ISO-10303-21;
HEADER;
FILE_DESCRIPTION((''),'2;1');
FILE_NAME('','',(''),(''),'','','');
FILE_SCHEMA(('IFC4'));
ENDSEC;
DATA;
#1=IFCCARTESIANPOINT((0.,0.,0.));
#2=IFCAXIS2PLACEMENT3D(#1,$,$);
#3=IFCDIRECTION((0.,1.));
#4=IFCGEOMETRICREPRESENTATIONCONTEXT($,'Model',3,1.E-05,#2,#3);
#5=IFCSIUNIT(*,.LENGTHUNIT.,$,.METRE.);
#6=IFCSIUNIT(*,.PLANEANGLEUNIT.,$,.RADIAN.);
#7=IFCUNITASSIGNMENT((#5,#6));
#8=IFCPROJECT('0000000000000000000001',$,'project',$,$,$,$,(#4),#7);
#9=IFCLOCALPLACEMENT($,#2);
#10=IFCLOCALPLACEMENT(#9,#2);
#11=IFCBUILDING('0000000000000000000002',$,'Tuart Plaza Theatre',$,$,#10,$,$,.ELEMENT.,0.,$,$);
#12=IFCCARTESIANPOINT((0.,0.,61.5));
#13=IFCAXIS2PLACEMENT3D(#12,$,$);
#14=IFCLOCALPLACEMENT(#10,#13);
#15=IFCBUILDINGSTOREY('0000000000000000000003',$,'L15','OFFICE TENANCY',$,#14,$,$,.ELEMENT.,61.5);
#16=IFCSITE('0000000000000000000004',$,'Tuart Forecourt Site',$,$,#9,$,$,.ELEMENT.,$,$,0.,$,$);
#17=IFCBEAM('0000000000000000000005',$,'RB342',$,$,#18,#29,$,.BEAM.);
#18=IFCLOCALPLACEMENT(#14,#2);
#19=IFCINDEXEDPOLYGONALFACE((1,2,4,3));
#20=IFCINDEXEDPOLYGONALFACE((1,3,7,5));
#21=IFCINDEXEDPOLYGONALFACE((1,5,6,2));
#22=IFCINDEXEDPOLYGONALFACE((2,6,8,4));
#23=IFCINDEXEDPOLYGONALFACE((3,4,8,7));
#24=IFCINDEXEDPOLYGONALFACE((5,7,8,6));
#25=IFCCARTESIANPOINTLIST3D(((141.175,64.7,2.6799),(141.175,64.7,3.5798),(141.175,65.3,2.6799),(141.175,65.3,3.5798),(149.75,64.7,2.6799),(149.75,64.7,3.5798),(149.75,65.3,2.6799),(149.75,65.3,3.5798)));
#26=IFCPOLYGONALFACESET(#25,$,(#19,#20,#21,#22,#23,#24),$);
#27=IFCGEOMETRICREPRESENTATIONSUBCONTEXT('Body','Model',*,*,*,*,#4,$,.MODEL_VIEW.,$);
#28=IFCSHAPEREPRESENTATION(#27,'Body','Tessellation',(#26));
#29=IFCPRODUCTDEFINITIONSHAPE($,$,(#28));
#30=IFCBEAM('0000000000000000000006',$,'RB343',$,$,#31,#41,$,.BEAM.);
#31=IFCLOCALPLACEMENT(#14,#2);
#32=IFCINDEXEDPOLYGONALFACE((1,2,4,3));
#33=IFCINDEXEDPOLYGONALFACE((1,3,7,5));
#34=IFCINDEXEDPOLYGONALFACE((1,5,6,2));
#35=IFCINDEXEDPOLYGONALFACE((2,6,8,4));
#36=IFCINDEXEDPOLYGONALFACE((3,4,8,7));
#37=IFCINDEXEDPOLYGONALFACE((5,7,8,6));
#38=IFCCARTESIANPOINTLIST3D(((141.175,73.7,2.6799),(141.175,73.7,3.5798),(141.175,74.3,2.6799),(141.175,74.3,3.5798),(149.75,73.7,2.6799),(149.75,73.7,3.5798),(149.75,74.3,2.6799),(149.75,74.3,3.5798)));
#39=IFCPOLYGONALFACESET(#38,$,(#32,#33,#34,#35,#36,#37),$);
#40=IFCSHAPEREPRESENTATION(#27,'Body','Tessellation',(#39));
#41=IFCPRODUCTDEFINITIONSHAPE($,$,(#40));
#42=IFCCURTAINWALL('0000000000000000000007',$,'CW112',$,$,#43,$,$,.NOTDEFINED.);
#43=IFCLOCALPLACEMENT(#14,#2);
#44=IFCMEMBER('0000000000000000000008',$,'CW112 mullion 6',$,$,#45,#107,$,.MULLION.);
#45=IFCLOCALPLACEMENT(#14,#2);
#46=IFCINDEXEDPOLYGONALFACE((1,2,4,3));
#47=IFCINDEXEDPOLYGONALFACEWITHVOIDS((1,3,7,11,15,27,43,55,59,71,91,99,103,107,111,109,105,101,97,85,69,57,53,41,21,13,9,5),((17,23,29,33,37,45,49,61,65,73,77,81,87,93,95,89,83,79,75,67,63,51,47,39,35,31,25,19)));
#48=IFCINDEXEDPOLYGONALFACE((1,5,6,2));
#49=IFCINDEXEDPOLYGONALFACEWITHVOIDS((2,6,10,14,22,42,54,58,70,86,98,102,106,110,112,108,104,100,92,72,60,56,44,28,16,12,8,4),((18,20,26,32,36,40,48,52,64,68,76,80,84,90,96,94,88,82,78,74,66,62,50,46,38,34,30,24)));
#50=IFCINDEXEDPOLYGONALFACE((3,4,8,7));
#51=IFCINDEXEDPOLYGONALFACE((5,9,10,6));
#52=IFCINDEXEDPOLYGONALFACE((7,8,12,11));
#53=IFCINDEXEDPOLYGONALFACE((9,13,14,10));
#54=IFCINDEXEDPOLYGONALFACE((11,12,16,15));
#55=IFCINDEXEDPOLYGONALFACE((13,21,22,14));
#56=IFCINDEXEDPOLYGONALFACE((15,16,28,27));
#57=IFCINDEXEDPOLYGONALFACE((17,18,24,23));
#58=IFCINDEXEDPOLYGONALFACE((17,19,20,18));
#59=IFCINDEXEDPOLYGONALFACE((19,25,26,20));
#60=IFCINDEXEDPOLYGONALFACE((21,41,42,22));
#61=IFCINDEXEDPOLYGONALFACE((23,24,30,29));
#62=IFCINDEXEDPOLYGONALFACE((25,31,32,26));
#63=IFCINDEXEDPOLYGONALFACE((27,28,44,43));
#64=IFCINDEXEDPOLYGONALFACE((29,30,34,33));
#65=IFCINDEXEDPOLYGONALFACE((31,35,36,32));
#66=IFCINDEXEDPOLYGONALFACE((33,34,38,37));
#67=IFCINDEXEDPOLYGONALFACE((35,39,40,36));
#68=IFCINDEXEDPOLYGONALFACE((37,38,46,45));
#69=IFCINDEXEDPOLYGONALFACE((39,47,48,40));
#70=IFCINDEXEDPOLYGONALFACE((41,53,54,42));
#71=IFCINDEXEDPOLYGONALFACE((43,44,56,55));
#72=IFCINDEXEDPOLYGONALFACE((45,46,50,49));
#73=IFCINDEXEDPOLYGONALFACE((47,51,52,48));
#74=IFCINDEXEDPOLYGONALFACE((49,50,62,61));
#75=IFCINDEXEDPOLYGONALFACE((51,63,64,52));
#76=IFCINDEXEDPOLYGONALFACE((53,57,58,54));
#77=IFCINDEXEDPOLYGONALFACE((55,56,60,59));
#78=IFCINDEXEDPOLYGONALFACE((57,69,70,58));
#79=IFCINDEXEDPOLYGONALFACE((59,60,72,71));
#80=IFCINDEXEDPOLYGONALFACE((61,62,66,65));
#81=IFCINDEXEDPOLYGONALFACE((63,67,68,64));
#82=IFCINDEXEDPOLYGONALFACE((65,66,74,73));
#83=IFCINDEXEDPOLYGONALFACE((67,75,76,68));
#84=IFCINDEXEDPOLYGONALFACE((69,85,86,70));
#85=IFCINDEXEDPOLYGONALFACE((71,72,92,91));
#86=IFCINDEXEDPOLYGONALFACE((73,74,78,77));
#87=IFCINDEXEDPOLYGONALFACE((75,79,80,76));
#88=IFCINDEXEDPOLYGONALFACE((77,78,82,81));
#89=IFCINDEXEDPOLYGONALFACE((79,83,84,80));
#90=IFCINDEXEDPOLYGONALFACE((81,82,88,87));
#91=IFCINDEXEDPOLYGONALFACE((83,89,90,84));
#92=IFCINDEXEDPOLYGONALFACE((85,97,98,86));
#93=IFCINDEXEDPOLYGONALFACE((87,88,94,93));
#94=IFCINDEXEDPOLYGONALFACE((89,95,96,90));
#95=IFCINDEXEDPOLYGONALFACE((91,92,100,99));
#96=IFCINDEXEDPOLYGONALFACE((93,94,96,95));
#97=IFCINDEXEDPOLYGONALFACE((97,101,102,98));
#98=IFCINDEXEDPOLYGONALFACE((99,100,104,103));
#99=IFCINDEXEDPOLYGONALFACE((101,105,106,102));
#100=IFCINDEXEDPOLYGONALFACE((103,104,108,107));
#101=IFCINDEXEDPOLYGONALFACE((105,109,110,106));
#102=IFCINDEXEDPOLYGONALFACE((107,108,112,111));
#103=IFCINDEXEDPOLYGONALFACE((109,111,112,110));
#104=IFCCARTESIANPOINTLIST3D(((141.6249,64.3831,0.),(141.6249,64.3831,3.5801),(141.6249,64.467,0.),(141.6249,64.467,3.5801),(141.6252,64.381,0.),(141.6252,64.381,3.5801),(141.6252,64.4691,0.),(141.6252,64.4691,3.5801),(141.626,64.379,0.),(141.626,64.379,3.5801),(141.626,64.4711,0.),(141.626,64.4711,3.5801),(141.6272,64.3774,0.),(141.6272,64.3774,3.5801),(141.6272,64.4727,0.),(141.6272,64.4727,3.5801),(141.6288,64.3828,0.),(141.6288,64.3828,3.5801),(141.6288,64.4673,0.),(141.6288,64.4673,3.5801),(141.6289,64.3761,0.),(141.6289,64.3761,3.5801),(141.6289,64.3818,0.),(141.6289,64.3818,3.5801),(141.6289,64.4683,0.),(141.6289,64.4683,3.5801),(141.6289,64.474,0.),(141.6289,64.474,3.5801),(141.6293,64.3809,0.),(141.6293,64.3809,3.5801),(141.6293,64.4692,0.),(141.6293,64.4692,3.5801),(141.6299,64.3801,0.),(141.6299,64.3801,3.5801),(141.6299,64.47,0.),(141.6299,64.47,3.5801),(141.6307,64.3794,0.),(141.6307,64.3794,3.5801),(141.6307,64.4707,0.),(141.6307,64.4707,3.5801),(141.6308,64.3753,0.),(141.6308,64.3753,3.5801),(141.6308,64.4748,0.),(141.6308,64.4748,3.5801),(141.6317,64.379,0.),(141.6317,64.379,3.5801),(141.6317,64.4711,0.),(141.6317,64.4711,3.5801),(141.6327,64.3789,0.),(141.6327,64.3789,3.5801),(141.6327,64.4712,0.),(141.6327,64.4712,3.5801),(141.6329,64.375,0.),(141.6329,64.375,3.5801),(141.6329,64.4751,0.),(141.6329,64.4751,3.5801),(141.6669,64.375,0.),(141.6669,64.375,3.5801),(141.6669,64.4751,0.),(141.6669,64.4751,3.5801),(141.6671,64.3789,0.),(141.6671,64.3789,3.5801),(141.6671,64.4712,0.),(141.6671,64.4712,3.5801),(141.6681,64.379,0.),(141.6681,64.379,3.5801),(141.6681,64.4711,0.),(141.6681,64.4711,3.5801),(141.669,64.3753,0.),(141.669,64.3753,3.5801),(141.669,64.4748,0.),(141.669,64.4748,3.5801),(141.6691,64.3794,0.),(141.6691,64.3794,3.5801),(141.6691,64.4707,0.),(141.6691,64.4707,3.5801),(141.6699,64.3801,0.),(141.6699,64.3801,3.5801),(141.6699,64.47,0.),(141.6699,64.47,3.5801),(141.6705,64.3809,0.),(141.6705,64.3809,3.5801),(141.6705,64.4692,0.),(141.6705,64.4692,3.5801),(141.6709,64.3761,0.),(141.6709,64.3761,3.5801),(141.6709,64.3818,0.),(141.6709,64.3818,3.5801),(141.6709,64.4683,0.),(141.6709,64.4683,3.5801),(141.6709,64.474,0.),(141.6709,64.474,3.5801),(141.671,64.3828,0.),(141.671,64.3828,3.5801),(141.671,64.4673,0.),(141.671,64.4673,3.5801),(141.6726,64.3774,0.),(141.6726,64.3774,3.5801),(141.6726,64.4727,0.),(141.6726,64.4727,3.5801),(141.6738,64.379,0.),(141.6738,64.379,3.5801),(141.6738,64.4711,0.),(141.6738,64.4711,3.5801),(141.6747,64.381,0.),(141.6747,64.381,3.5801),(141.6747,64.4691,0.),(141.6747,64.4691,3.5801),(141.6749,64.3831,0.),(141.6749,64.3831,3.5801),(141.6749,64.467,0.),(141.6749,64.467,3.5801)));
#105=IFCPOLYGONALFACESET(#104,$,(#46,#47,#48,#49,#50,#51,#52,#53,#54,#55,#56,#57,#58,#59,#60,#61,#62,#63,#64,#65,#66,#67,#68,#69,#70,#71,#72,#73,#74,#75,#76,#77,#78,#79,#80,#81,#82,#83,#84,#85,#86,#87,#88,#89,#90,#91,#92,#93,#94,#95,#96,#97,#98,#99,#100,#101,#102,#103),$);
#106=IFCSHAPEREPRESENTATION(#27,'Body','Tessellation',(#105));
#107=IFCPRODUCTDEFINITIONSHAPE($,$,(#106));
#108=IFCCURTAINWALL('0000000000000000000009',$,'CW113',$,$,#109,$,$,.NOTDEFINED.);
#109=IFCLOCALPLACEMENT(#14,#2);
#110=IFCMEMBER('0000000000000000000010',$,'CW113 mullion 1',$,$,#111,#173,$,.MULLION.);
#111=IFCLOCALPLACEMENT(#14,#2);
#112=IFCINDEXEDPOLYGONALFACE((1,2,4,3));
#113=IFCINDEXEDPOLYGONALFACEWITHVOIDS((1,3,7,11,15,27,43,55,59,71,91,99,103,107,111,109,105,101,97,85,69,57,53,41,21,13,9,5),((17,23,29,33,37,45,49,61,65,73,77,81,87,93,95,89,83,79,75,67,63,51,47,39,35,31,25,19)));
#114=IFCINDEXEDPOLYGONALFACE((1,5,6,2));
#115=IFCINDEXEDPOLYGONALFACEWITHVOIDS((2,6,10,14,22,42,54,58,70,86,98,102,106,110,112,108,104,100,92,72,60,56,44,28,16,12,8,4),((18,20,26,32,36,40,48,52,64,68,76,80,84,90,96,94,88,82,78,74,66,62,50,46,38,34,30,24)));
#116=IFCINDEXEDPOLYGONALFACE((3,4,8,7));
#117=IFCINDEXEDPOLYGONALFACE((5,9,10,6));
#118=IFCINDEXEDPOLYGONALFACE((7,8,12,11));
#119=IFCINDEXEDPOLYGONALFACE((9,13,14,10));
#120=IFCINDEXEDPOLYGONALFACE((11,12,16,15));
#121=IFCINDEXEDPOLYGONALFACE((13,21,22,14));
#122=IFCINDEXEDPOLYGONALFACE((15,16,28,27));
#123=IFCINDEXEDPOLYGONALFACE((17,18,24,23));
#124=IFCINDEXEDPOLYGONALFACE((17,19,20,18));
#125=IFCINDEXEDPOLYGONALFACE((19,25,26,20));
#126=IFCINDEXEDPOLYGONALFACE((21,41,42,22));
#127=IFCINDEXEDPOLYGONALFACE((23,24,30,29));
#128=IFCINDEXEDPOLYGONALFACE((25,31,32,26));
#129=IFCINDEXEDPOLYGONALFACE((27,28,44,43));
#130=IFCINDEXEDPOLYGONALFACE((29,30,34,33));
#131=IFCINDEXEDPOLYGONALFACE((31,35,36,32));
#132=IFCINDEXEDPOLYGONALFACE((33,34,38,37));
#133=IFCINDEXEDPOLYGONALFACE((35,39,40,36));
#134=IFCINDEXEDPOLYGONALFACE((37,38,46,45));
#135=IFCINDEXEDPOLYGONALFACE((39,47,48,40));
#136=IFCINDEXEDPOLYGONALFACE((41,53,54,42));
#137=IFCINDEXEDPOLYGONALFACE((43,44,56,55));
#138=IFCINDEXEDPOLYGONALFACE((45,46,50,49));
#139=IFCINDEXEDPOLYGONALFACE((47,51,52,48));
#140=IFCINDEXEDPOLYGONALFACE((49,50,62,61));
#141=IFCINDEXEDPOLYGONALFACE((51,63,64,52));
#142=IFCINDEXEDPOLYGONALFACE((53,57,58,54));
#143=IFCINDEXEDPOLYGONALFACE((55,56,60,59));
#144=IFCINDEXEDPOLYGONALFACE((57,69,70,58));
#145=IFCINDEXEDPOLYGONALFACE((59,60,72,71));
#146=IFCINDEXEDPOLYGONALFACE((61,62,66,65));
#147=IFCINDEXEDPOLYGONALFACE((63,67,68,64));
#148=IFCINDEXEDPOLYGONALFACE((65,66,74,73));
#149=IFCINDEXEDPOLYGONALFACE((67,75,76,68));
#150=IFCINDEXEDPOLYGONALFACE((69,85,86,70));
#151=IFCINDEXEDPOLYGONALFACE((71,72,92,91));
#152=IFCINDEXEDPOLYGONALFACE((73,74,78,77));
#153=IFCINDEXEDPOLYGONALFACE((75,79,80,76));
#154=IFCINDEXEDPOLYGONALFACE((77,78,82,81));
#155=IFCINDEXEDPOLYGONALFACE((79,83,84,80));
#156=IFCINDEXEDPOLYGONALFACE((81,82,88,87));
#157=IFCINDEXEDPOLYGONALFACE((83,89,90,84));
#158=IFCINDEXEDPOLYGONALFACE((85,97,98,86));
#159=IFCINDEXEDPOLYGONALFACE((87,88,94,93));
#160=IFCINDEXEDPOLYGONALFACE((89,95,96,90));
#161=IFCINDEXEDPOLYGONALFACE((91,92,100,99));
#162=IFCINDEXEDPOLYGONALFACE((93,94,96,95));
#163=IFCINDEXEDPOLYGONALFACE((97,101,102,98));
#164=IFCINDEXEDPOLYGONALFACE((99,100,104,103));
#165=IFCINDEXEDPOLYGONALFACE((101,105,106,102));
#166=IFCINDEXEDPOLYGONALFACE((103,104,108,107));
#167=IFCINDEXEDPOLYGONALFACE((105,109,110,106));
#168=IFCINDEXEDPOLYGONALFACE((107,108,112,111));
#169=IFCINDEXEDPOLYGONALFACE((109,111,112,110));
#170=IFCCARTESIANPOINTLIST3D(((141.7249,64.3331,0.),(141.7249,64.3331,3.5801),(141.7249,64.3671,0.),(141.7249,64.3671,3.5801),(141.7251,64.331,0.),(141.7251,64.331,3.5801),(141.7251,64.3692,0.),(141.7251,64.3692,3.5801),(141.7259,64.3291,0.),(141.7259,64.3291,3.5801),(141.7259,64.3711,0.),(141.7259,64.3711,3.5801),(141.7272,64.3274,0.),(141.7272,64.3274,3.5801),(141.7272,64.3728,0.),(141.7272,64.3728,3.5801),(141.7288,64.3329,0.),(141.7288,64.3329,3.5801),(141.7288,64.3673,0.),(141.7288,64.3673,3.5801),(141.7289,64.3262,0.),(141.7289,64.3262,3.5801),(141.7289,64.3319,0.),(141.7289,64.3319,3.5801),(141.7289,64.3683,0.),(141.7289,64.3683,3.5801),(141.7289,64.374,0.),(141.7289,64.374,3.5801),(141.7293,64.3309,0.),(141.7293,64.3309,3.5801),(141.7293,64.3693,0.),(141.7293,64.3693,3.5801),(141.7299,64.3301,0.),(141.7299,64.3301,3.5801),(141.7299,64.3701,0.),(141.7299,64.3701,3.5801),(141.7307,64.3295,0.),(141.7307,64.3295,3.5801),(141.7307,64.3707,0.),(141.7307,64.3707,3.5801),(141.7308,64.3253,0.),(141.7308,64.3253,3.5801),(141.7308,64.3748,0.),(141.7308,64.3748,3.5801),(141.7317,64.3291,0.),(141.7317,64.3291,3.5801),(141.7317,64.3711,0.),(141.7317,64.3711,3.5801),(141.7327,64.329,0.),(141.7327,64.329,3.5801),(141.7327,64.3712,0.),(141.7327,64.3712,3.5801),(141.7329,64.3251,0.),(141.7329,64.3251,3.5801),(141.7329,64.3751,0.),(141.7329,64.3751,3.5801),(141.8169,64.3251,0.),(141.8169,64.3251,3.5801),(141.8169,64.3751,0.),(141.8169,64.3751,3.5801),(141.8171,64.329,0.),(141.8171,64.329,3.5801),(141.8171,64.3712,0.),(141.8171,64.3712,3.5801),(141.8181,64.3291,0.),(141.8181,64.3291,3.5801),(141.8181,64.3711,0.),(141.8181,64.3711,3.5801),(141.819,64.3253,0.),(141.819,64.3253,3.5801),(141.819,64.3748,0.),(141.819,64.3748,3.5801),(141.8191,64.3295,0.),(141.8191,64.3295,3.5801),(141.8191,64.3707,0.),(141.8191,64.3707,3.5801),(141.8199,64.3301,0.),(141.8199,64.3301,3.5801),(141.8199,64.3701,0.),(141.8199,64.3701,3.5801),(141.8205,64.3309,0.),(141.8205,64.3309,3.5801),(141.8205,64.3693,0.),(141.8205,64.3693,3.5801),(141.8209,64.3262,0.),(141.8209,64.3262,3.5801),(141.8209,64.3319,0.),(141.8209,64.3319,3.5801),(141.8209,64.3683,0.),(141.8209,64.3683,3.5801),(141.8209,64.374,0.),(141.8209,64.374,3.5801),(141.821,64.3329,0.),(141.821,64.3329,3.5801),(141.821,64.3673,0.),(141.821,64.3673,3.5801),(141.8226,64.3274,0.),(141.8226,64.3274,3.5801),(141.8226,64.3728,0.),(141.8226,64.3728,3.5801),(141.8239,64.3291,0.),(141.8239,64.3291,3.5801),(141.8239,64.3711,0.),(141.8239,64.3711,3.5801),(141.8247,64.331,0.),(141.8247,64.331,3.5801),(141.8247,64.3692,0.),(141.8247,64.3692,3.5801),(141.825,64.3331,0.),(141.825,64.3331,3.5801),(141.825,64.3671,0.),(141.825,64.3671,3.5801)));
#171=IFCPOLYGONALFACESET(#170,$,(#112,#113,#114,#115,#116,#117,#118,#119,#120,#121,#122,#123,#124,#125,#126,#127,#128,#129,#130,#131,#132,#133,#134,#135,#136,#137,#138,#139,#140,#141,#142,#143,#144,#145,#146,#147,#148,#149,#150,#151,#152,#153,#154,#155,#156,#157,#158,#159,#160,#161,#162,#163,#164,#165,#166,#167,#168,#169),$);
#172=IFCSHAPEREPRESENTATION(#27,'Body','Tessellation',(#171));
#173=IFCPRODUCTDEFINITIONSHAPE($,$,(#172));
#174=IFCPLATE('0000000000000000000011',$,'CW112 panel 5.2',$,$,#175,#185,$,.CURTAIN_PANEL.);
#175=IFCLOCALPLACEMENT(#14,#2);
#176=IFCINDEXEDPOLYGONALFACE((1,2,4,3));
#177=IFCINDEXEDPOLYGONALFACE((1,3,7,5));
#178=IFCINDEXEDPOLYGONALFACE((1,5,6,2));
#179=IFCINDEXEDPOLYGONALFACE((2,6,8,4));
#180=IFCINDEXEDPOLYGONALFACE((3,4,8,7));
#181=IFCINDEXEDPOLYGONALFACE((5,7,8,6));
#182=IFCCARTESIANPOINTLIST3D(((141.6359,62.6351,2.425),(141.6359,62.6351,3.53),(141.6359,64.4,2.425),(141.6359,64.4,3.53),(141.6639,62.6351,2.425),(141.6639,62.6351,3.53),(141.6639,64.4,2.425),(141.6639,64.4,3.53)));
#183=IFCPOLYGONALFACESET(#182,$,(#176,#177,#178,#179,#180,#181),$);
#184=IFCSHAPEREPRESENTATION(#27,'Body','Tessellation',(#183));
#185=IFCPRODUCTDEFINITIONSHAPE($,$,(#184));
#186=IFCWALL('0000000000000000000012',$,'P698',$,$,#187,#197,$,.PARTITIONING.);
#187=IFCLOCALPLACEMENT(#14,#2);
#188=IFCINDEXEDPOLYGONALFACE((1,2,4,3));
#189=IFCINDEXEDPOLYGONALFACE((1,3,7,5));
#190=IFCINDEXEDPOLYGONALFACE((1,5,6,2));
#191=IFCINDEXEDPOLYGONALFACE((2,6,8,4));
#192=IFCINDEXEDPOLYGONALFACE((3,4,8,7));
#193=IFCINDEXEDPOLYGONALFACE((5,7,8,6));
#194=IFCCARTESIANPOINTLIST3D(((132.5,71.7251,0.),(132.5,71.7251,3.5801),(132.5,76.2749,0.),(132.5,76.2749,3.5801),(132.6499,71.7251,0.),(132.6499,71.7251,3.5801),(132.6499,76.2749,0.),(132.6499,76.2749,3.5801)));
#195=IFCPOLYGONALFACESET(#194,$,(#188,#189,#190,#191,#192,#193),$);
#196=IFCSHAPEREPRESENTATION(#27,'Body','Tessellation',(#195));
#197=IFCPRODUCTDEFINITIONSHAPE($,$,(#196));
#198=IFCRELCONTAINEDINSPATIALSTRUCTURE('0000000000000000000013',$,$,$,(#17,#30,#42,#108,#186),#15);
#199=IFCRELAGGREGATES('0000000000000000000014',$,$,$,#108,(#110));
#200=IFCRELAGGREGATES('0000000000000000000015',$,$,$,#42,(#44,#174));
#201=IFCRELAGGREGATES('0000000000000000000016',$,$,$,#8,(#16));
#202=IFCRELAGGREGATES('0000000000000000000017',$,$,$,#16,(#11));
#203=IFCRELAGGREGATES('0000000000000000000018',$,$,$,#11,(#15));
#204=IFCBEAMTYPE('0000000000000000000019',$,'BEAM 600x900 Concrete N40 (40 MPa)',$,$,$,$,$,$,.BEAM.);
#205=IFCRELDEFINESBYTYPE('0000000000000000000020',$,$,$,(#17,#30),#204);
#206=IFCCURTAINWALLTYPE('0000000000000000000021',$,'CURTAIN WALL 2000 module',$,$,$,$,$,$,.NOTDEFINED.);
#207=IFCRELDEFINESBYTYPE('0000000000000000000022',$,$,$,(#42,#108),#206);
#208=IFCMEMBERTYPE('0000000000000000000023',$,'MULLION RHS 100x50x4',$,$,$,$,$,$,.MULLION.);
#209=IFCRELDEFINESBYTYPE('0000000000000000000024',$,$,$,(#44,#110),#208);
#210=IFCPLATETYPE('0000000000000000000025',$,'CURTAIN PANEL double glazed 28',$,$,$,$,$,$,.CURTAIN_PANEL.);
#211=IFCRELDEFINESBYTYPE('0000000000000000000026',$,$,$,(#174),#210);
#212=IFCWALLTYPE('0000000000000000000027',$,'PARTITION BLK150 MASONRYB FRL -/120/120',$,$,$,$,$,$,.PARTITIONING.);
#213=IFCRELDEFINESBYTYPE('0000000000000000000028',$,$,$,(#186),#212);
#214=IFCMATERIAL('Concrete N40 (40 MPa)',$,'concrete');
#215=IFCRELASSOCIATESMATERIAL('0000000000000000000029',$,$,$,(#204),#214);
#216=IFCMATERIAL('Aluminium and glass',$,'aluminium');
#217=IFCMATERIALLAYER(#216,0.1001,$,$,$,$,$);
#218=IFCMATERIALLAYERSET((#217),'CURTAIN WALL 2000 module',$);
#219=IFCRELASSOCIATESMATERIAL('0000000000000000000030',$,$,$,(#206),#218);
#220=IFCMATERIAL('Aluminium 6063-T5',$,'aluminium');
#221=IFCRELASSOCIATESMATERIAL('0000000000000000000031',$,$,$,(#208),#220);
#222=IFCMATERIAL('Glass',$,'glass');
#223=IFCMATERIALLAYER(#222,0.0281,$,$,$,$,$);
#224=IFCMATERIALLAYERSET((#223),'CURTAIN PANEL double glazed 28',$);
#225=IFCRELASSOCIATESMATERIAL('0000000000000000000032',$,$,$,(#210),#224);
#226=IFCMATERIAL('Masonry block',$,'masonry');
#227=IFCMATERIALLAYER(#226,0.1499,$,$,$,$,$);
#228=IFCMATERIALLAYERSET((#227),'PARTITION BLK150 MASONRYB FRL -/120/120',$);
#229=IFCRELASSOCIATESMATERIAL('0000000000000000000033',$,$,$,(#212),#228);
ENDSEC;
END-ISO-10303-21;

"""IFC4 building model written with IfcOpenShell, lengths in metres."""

from ifc_helpers import new_model, si_unit, direction, frame, frame_2d, origin, origin_2d, place, context, subcontext, project, spatial, rectangle, hollow_rectangle, extrude, material, layer, layer_set, material_profile, profile_set, type_object, element, aggregate, save


model = new_model("IFC4")

# Units and contexts
model_context = context("Model", 3, precision=1e-05, world=origin(), true_north=direction((0.0, 1.0)))
body_context = subcontext(model_context, "Body", "Model", "MODEL_VIEW")
ifc_project = project(units=[si_unit("LENGTHUNIT", "METRE"), si_unit("PLANEANGLEUNIT", "RADIAN")], contexts=[model_context])

# Site, building, storey
site_placement = place(None, origin())
site = spatial("IfcSite", under=ifc_project, at=site_placement, Name="Tuart Forecourt Site", CompositionType="ELEMENT", RefElevation=0.0)
building_placement = place(site_placement, origin())
building = spatial("IfcBuilding", under=site, at=building_placement, Name="Tuart Plaza Theatre", CompositionType="ELEMENT", ElevationOfRefHeight=0.0)
storey_placement = place(building_placement, frame((0.0, 0.0, 61.5)))
storey = spatial("IfcBuildingStorey", under=building, at=storey_placement, Name="L15", Description="OFFICE TENANCY", CompositionType="ELEMENT", Elevation=61.5)

# Beams
ifc_material_1 = material(Name="Concrete N40 (40 MPa)", Category="concrete")
ifc_material_profile_1 = material_profile(ifc_material_1, rectangle(XDim=0.6001, YDim=0.8999, at=origin_2d()), Name="BEAM 600x900 Concrete N40 (40 MPa)")
ifc_profile_set_1 = profile_set([ifc_material_profile_1], Name="Concrete N40 (40 MPa)")
beam_type = type_object("IfcBeamType", Name="BEAM 600x900 Concrete N40 (40 MPa)", PredefinedType="BEAM", material=ifc_profile_set_1)
for number, where, z_axis, x_axis, name in (
    (1, (141.175, 65.0, 3.1299), (1.0, 0.0, 0.0), (0.0, 1.0, 0.0), "RB342"),
    (2, (141.175, 74.0, 3.1299), (1.0, 0.0, 0.0), (0.0, 1.0, 0.0), "RB343"),
):
    element("IfcBeam", number, at=place(storey_placement, frame(where, z_axis=z_axis, x_axis=x_axis)), inside=storey, type_object=beam_type, Name=name, PredefinedType="BEAM", context=body_context, shape_type="SweptSolid", body=[
        extrude(rectangle(XDim=0.6001, YDim=0.8999, at=origin_2d()), origin(), (0.0, 0.0, 1.0), 8.575),
    ])

# Curtain walls, members
ifc_material_2 = material(Name="Aluminium and glass", Category="aluminium")
ifc_layer_1 = layer(ifc_material_2, 0.1001)
ifc_layer_set_1 = layer_set([ifc_layer_1], Name="CURTAIN WALL 2000 module")
curtain_wall_type = type_object("IfcCurtainWallType", Name="CURTAIN WALL 2000 module", PredefinedType="NOTDEFINED", material=ifc_layer_set_1)
curtain_wall_1_placement = place(storey_placement, origin())
curtain_wall_1 = element("IfcCurtainWall", 3, at=curtain_wall_1_placement, inside=storey, type_object=curtain_wall_type, Name="CW112", PredefinedType="NOTDEFINED")
ifc_material_3 = material(Name="Aluminium 6063-T5", Category="aluminium")
ifc_material_profile_2 = material_profile(ifc_material_3, hollow_rectangle(XDim=0.05, YDim=0.1001, WallThickness=0.0039, InnerFilletRadius=0.0039, OuterFilletRadius=0.0081, at=origin_2d()), Name="RHS 100x50x4")
ifc_profile_set_2 = profile_set([ifc_material_profile_2], Name="Aluminium 6063-T5")
member_type = type_object("IfcMemberType", Name="MULLION RHS 100x50x4", PredefinedType="MULLION", material=ifc_profile_set_2)
member_1_placement = place(storey_placement, frame((141.6499, 64.425, 0.0), z_axis=(0.0, 0.0, 1.0), x_axis=(-1.0, 0.0, 0.0)))
member_1 = element("IfcMember", 4, at=member_1_placement, type_object=member_type, Name="CW112 mullion 6", PredefinedType="MULLION", context=body_context, shape_type="SweptSolid", body=[
    extrude(hollow_rectangle(XDim=0.05, YDim=0.1001, WallThickness=0.0039, InnerFilletRadius=0.0039, OuterFilletRadius=0.0081, at=origin_2d()), origin(), (0.0, 0.0, 1.0), 3.5801),
])
curtain_wall_2_placement = place(storey_placement, origin())
curtain_wall_2 = element("IfcCurtainWall", 5, at=curtain_wall_2_placement, inside=storey, type_object=curtain_wall_type, Name="CW113", PredefinedType="NOTDEFINED")
member_2_placement = place(storey_placement, frame((141.7749, 64.3501, 0.0), z_axis=(0.0, 0.0, 1.0), x_axis=(0.0, 1.0, 0.0)))
member_2 = element("IfcMember", 6, at=member_2_placement, type_object=member_type, Name="CW113 mullion 1", PredefinedType="MULLION", context=body_context, shape_type="SweptSolid", body=[
    extrude(hollow_rectangle(XDim=0.05, YDim=0.1001, WallThickness=0.0039, InnerFilletRadius=0.0039, OuterFilletRadius=0.0081, at=origin_2d()), origin(), (0.0, 0.0, 1.0), 3.5801),
])
aggregate(curtain_wall_2, [member_2])

# Plate
ifc_material_4 = material(Name="Glass", Category="glass")
ifc_layer_2 = layer(ifc_material_4, 0.0281)
ifc_layer_set_2 = layer_set([ifc_layer_2], Name="CURTAIN PANEL double glazed 28")
plate_type = type_object("IfcPlateType", Name="CURTAIN PANEL double glazed 28", PredefinedType="CURTAIN_PANEL", material=ifc_layer_set_2)
plate_placement = place(storey_placement, frame((141.6499, 63.5176, 2.425), z_axis=(0.0, 0.0, 1.0), x_axis=(0.0, 1.0, 0.0)))
plate = element("IfcPlate", 7, at=plate_placement, type_object=plate_type, Name="CW112 panel 5.2", PredefinedType="CURTAIN_PANEL", context=body_context, shape_type="SweptSolid", body=[
    extrude(rectangle(XDim=1.7649, YDim=0.0281, at=origin_2d()), origin(), (0.0, 0.0, 1.0), 1.105),
])
aggregate(curtain_wall_1, [member_1, plate])

# Wall
ifc_material_5 = material(Name="Masonry block", Category="masonry")
ifc_layer_3 = layer(ifc_material_5, 0.1499)
ifc_layer_set_3 = layer_set([ifc_layer_3], Name="PARTITION BLK150 MASONRYB FRL -/120/120")
wall_type_1 = type_object("IfcWallType", Name="PARTITION BLK150 MASONRYB FRL -/120/120", PredefinedType="PARTITIONING", material=ifc_layer_set_3)
for number, where, z_axis, x_axis, name in (
    (8, (132.575, 71.7251, 0.0), (0.0, 0.0, 1.0), (0.0, 1.0, 0.0), "P698"),
):
    element("IfcWall", number, at=place(storey_placement, frame(where, z_axis=z_axis, x_axis=x_axis)), inside=storey, type_object=wall_type_1, Name=name, PredefinedType="PARTITIONING", context=body_context, shape_type="SweptSolid", body=[
        extrude(rectangle(XDim=4.5498, YDim=0.1499, at=frame_2d((2.2749, 0.0))), origin(), (0.0, 0.0, 1.0), 3.5801),
    ])

save(model, "model.ifc")
